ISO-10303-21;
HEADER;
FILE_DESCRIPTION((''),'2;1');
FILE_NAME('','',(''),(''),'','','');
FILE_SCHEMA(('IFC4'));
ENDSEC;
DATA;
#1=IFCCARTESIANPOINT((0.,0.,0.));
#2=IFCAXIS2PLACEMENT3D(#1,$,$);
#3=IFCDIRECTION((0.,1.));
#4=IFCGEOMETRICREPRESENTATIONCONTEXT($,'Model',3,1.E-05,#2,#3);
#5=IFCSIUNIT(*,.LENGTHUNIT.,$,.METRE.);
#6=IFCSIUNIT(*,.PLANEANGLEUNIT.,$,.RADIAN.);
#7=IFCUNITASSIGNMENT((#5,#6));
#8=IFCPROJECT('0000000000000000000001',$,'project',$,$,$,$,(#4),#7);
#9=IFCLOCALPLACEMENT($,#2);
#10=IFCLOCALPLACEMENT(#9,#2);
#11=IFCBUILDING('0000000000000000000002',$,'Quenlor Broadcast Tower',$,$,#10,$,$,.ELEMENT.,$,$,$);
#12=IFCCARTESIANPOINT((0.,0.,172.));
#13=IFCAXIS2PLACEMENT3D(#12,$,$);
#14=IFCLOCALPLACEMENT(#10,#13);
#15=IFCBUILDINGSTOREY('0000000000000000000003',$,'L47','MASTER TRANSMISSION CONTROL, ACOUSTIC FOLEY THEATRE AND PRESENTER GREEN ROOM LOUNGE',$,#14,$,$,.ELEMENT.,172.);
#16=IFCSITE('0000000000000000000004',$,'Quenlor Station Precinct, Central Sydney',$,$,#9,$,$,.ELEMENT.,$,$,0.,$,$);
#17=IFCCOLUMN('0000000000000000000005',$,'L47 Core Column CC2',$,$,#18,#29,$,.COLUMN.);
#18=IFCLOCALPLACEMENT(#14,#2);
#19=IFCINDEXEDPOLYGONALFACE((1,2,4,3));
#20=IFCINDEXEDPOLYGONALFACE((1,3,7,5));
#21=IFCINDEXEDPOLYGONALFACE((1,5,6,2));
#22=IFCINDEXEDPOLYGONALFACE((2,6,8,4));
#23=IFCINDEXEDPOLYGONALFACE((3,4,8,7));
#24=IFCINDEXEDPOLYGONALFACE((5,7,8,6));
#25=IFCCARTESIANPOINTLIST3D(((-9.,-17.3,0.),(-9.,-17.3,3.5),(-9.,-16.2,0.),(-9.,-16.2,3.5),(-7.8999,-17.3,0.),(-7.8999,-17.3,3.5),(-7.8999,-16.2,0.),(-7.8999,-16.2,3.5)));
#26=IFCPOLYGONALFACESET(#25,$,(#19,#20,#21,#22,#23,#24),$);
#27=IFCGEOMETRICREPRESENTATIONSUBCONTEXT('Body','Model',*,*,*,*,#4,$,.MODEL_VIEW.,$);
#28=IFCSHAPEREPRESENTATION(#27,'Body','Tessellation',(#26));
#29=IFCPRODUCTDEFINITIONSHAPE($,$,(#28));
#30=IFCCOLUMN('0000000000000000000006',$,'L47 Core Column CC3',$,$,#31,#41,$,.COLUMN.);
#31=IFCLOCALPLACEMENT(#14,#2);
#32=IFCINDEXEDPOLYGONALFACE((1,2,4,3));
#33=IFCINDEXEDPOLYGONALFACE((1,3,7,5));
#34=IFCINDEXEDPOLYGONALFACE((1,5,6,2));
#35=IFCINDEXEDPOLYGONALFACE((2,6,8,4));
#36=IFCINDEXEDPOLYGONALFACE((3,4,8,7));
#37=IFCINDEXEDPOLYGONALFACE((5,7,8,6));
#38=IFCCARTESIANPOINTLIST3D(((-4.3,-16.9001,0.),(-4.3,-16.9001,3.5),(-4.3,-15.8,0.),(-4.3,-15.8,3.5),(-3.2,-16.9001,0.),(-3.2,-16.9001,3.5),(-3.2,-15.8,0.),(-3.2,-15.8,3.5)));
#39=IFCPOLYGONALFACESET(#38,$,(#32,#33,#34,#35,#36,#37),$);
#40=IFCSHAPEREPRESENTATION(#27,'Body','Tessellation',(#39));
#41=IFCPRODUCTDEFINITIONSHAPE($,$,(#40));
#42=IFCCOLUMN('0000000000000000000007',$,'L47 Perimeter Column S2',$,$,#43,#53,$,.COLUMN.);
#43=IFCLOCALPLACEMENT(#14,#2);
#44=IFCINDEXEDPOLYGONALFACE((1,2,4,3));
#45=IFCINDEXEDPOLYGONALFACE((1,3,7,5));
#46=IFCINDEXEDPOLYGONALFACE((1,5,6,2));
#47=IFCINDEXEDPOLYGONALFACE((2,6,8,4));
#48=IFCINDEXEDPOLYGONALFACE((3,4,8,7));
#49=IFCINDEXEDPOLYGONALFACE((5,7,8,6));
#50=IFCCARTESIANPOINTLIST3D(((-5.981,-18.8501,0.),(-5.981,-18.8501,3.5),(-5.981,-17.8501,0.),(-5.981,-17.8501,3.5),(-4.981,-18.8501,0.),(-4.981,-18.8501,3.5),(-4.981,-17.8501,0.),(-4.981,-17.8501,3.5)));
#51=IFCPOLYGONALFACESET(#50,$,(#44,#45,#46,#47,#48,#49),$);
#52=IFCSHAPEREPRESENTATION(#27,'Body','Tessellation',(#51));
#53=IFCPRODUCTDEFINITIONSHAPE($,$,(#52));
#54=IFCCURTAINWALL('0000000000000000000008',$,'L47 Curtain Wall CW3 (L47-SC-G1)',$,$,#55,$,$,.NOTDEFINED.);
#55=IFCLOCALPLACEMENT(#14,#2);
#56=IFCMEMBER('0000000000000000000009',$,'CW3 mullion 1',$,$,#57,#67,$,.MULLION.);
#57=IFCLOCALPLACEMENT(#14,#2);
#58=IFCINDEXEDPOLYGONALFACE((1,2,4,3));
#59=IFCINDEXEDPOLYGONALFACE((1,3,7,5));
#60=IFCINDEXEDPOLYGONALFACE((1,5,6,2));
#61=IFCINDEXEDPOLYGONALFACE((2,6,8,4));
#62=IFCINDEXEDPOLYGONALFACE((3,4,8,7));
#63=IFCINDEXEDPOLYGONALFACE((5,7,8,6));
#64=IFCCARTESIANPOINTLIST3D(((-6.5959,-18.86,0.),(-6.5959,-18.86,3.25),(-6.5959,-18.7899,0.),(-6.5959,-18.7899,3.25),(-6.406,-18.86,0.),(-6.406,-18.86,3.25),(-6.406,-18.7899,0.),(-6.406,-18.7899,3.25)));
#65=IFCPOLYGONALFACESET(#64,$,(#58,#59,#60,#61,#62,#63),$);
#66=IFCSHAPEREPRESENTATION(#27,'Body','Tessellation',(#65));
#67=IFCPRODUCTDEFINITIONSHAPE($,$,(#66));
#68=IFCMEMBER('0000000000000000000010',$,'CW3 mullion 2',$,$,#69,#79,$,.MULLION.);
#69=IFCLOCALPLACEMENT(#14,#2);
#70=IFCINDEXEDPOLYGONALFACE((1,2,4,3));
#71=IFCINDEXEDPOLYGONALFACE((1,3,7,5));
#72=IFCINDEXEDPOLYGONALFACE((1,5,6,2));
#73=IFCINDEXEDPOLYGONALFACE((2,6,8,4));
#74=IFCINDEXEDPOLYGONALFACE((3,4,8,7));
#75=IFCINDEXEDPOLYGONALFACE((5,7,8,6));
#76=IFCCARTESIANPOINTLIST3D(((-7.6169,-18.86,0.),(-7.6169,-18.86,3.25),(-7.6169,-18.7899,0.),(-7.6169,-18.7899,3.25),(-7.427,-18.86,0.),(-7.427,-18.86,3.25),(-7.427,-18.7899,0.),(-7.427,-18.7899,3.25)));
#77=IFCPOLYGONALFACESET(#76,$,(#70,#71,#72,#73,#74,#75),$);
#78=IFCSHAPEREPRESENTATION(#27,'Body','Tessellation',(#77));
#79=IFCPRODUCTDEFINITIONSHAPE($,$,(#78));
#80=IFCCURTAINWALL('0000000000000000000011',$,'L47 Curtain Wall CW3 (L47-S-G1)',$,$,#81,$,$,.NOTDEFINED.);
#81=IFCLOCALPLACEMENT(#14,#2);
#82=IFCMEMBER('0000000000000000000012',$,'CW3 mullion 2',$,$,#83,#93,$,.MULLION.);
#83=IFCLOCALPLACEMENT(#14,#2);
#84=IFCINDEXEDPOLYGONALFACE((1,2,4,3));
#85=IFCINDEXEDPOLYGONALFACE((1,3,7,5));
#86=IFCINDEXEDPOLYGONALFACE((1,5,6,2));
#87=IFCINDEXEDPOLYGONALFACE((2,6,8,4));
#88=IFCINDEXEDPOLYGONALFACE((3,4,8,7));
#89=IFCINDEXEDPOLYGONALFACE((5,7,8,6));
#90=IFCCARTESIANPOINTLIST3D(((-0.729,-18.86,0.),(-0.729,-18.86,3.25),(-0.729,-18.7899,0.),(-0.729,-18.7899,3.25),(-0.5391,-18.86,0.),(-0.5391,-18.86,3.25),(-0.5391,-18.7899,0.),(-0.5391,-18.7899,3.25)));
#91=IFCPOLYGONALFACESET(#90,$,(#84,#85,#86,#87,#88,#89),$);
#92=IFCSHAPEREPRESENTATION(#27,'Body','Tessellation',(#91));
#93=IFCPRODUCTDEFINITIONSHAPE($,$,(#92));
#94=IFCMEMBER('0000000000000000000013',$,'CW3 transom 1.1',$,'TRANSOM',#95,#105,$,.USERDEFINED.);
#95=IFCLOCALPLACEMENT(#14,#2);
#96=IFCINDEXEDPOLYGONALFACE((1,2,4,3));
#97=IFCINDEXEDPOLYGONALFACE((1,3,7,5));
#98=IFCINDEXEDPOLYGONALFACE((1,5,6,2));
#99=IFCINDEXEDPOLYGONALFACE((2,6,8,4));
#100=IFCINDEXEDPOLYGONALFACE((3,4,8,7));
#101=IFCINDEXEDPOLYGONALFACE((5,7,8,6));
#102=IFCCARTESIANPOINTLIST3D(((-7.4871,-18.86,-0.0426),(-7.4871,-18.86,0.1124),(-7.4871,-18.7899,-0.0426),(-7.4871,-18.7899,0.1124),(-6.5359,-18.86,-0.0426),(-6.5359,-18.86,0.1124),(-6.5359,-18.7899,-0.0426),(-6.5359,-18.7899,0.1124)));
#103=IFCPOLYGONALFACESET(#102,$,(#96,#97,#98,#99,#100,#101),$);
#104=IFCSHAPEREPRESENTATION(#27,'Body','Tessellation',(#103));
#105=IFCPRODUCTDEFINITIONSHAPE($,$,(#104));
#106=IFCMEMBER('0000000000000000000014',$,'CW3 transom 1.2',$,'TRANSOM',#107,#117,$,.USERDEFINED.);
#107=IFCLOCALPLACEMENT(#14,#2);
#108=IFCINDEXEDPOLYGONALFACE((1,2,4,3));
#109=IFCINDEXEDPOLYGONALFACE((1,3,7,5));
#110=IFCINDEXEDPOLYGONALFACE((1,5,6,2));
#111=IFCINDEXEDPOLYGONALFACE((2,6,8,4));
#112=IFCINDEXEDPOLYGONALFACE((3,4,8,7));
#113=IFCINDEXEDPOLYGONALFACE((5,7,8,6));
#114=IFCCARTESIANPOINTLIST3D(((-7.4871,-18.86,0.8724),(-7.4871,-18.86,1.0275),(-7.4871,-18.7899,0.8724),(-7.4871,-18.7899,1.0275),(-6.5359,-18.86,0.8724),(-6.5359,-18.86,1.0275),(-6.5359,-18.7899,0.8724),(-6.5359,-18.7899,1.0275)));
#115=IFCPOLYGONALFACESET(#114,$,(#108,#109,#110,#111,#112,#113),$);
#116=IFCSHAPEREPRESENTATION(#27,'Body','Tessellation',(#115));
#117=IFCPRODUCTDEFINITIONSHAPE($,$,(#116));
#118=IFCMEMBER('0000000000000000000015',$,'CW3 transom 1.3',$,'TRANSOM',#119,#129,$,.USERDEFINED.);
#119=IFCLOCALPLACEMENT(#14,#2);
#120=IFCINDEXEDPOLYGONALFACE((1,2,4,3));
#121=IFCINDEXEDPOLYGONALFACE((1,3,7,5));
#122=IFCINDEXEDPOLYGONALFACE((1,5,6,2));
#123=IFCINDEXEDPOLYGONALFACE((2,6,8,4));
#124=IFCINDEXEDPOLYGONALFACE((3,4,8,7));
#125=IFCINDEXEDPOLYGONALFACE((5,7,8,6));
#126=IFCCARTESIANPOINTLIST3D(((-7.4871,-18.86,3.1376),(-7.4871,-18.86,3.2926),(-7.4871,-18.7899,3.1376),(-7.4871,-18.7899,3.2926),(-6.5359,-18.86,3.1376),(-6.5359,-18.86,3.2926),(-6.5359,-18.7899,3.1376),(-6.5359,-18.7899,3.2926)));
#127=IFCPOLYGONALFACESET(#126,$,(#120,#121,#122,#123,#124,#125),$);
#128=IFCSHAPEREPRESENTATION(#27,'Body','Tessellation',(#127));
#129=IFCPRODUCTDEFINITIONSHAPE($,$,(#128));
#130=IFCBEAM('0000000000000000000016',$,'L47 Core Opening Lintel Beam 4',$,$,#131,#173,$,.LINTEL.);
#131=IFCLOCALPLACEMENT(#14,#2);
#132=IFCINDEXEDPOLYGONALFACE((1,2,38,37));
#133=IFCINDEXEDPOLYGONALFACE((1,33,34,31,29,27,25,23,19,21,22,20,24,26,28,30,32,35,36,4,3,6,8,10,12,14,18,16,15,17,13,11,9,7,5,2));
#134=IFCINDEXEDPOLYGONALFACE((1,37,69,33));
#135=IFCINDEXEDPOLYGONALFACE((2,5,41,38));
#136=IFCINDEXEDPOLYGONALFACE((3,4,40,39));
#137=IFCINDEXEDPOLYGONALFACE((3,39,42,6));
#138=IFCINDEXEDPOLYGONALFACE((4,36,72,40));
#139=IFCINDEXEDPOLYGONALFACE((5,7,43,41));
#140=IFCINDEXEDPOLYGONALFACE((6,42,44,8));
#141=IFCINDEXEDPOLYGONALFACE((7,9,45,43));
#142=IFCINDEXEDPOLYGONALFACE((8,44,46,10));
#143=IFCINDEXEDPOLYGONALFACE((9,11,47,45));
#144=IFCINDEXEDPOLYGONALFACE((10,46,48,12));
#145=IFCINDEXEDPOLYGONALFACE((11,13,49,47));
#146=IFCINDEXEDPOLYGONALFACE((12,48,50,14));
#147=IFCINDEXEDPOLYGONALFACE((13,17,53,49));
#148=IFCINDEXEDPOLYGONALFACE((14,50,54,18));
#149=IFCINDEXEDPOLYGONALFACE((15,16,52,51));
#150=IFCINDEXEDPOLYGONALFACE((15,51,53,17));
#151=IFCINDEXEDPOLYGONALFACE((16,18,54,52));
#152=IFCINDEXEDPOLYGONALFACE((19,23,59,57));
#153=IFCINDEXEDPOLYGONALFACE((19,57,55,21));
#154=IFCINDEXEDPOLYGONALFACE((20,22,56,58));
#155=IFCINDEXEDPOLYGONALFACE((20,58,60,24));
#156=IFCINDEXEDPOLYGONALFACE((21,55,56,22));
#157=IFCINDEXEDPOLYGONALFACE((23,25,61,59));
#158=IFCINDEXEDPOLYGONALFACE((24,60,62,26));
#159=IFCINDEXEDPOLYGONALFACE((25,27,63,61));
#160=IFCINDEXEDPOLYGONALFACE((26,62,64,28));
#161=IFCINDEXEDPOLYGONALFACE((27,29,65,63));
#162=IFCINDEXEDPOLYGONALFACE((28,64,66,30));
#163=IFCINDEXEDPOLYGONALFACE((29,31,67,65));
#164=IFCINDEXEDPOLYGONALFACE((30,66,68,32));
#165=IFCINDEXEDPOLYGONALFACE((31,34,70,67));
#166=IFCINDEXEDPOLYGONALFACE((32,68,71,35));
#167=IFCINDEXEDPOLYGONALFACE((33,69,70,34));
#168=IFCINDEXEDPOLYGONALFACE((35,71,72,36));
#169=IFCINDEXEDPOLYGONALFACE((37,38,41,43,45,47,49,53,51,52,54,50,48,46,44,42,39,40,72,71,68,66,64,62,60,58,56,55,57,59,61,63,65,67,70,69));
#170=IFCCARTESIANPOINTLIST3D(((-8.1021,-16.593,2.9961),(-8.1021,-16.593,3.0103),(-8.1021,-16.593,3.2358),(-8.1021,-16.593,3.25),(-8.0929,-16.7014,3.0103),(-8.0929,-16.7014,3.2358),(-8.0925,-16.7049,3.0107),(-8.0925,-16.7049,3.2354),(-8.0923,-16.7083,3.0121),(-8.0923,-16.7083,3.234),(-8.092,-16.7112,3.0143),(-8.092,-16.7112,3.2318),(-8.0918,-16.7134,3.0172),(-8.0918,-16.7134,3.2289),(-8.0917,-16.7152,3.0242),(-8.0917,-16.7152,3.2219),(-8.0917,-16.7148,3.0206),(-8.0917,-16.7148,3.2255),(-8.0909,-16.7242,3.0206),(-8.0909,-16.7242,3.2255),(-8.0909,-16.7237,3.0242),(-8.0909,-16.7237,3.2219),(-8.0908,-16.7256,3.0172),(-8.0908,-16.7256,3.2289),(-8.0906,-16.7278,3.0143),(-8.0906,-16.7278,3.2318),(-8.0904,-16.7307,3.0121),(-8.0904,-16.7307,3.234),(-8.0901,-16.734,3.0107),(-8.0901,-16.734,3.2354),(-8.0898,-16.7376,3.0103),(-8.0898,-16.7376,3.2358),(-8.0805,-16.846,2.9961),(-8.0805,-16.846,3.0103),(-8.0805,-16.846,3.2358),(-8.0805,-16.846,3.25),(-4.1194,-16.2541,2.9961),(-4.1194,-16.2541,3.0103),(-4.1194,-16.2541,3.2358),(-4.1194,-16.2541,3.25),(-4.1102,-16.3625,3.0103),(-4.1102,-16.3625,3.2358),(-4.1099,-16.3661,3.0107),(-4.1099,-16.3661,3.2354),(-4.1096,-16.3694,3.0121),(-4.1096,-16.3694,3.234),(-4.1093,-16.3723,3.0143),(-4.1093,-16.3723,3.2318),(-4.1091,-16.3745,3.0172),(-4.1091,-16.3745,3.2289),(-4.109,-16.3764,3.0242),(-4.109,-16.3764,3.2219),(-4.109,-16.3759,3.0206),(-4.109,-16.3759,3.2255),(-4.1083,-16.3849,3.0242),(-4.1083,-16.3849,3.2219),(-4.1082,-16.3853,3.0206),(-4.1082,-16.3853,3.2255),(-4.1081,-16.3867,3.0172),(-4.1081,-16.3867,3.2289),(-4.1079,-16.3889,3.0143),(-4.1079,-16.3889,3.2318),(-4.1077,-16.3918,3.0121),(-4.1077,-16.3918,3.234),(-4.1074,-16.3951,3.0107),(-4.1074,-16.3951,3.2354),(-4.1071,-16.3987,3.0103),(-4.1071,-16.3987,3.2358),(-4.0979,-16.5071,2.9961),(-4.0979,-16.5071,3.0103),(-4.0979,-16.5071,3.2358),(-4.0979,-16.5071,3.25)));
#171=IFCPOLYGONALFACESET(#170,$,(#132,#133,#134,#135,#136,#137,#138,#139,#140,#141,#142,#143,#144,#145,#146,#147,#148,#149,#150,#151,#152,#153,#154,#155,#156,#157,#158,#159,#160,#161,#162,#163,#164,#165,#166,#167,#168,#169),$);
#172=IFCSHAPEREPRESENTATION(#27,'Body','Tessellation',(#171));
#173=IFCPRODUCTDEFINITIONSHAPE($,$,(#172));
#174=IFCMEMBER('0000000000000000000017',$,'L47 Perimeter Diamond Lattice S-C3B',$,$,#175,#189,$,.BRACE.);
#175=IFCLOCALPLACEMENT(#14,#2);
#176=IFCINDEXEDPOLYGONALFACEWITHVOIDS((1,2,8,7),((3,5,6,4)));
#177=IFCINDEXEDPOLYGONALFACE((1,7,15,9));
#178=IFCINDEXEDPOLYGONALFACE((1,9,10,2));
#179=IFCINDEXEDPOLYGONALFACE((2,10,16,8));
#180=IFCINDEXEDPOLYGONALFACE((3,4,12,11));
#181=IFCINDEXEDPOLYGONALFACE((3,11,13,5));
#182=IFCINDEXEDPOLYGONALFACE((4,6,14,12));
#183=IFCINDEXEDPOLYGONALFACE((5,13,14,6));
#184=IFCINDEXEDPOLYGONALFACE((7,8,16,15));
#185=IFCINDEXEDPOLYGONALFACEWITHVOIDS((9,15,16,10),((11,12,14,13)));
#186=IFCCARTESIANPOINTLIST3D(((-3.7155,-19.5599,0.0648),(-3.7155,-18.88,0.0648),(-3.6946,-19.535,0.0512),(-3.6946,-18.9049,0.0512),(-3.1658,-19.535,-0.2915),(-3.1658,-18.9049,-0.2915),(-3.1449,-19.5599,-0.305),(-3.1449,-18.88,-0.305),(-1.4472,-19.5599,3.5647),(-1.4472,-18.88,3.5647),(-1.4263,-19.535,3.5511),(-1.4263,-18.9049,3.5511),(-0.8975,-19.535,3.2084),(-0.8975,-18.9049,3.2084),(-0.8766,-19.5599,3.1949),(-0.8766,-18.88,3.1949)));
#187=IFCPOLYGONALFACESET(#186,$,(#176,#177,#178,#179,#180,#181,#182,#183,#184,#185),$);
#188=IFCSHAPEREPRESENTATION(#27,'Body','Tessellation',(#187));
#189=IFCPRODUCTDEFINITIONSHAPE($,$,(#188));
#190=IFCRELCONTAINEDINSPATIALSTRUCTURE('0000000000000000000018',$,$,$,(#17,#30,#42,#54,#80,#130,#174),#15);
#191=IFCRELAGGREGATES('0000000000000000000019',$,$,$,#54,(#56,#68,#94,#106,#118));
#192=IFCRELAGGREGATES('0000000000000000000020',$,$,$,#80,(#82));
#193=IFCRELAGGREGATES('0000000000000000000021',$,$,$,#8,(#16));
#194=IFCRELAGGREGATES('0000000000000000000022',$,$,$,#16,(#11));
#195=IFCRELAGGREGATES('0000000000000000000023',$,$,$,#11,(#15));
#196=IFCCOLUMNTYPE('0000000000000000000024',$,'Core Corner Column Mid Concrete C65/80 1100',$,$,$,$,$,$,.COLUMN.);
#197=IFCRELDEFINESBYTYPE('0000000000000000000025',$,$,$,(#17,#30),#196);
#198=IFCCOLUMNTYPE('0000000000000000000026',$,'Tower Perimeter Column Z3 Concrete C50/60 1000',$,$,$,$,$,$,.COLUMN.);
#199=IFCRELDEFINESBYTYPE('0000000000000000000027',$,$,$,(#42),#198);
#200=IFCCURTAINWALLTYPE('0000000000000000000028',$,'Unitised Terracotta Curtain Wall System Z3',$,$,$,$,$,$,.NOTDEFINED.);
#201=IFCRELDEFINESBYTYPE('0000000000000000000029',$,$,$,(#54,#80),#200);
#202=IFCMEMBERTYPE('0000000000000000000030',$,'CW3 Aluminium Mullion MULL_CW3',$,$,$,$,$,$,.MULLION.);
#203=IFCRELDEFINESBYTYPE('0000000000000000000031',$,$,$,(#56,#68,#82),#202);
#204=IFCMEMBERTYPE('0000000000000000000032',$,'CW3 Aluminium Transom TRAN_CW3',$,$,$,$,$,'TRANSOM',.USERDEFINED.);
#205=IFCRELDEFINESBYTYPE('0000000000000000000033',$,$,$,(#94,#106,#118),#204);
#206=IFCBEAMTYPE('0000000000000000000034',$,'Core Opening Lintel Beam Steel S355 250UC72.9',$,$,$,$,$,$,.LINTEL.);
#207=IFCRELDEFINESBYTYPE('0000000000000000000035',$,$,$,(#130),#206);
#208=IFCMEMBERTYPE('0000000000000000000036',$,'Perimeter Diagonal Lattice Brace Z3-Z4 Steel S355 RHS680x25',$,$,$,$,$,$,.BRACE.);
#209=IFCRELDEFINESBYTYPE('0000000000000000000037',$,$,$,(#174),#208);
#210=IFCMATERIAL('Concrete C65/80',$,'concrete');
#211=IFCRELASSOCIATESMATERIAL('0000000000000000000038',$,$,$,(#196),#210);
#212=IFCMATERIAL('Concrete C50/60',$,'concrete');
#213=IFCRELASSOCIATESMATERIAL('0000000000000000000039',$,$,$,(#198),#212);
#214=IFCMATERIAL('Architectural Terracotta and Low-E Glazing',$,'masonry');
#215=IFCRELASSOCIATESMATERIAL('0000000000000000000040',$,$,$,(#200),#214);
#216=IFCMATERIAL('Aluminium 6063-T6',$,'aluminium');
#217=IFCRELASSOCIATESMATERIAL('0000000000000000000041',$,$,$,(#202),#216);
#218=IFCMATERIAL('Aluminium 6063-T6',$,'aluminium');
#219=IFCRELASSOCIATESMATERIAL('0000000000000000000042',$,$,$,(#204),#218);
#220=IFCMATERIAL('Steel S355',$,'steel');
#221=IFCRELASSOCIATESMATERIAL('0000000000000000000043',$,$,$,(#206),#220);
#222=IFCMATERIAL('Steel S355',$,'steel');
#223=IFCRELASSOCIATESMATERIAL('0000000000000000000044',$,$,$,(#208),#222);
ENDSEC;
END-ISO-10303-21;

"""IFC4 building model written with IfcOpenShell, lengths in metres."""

from ifc_helpers import new_model, si_unit, direction, frame, origin, origin_2d, place, context, subcontext, project, spatial, rectangle, hollow_rectangle, i_section, extrude, material, material_profile, profile_set, type_object, element, aggregate, save


model = new_model("IFC4")

# Units and contexts
model_context = context("Model", 3, precision=1e-05, world=origin(), true_north=direction((0.0, 1.0)))
body_context = subcontext(model_context, "Body", "Model", "MODEL_VIEW")
ifc_project = project(units=[si_unit("LENGTHUNIT", "METRE"), si_unit("PLANEANGLEUNIT", "RADIAN")], contexts=[model_context])

# Site, building, storey
site_placement = place(None, origin())
site = spatial("IfcSite", under=ifc_project, at=site_placement, Name="Quenlor Station Precinct, Central Sydney", CompositionType="ELEMENT", RefElevation=0.0)
building_placement = place(site_placement, origin())
building = spatial("IfcBuilding", under=site, at=building_placement, Name="Quenlor Broadcast Tower", CompositionType="ELEMENT")
storey_placement = place(building_placement, frame((0.0, 0.0, 172.0)))
storey = spatial("IfcBuildingStorey", under=building, at=storey_placement, Name="L47", Description="MASTER TRANSMISSION CONTROL, ACOUSTIC FOLEY THEATRE AND PRESENTER GREEN ROOM LOUNGE", CompositionType="ELEMENT", Elevation=172.0)

# Columns
ifc_material_1 = material(Name="Concrete C65/80", Category="concrete")
ifc_material_profile_1 = material_profile(ifc_material_1, rectangle(XDim=1.1001, YDim=1.1001, at=origin_2d()))
ifc_profile_set_1 = profile_set([ifc_material_profile_1], Name="Concrete C65/80 RC1100x1100")
column_type_1 = type_object("IfcColumnType", Name="Core Corner Column Mid Concrete C65/80 1100", PredefinedType="COLUMN", material=ifc_profile_set_1)
for number, where, z_axis, x_axis, name in (
    (1, (-8.45, -16.75, 0.0), (0.0, 0.0, 1.0), (1.0, 0.0, 0.0), "L47 Core Column CC2"),
    (2, (-3.75, -16.3501, 0.0), (0.0, 0.0, 1.0), (1.0, 0.0, 0.0), "L47 Core Column CC3"),
):
    element("IfcColumn", number, at=place(storey_placement, frame(where, z_axis=z_axis, x_axis=x_axis)), inside=storey, type_object=column_type_1, Name=name, PredefinedType="COLUMN", context=body_context, shape_type="SweptSolid", body=[
        extrude(rectangle(XDim=1.1001, YDim=1.1001, at=origin_2d()), origin(), (0.0, 0.0, 1.0), 3.5),
    ])
ifc_material_2 = material(Name="Concrete C50/60", Category="concrete")
ifc_material_profile_2 = material_profile(ifc_material_2, rectangle(XDim=1.0, YDim=1.0, at=origin_2d()))
ifc_profile_set_2 = profile_set([ifc_material_profile_2], Name="Concrete C50/60 RC1000x1000")
column_type_2 = type_object("IfcColumnType", Name="Tower Perimeter Column Z3 Concrete C50/60 1000", PredefinedType="COLUMN", material=ifc_profile_set_2)
column_placement = place(storey_placement, frame((-5.481, -18.3501, 0.0), z_axis=(0.0, 0.0, 1.0), x_axis=(0.0, 1.0, 0.0)))
element("IfcColumn", 3, at=column_placement, inside=storey, type_object=column_type_2, Name="L47 Perimeter Column S2", PredefinedType="COLUMN", context=body_context, shape_type="SweptSolid", body=[
    extrude(rectangle(XDim=1.0, YDim=1.0, at=origin_2d()), origin(), (0.0, 0.0, 1.0), 3.5),
])

# Curtain wall, members
ifc_material_3 = material(Name="Architectural Terracotta and Low-E Glazing", Category="masonry")
curtain_wall_type = type_object("IfcCurtainWallType", Name="Unitised Terracotta Curtain Wall System Z3", PredefinedType="NOTDEFINED", material=ifc_material_3)
curtain_wall_1_placement = place(storey_placement, origin())
curtain_wall_1 = element("IfcCurtainWall", 4, at=curtain_wall_1_placement, inside=storey, type_object=curtain_wall_type, Name="L47 Curtain Wall CW3 (L47-SC-G1)", PredefinedType="NOTDEFINED")
ifc_material_4 = material(Name="Aluminium 6063-T6", Category="aluminium")
ifc_material_profile_3 = material_profile(ifc_material_4, rectangle(XDim=0.0701, YDim=0.1899, at=origin_2d()))
ifc_profile_set_3 = profile_set([ifc_material_profile_3], Name="Aluminium 6063-T6 MULL70x190")
member_type_1 = type_object("IfcMemberType", Name="CW3 Aluminium Mullion MULL_CW3", PredefinedType="MULLION", material=ifc_profile_set_3)
member_1_placement = place(storey_placement, frame((-6.501, -18.825, 0.0), z_axis=(0.0, 0.0, 1.0), x_axis=(0.0, -1.0, 0.0)))
member_1 = element("IfcMember", 5, at=member_1_placement, type_object=member_type_1, Name="CW3 mullion 1", PredefinedType="MULLION", context=body_context, shape_type="SweptSolid", body=[
    extrude(rectangle(XDim=0.0701, YDim=0.1899, at=origin_2d()), origin(), (0.0, 0.0, 1.0), 3.25),
])
member_2_placement = place(storey_placement, frame((-7.522, -18.825, 0.0), z_axis=(0.0, 0.0, 1.0), x_axis=(0.0, -1.0, 0.0)))
member_2 = element("IfcMember", 6, at=member_2_placement, type_object=member_type_1, Name="CW3 mullion 2", PredefinedType="MULLION", context=body_context, shape_type="SweptSolid", body=[
    extrude(rectangle(XDim=0.0701, YDim=0.1899, at=origin_2d()), origin(), (0.0, 0.0, 1.0), 3.25),
])

# Curtain wall, member
curtain_wall_2_placement = place(storey_placement, origin())
curtain_wall_2 = element("IfcCurtainWall", 7, at=curtain_wall_2_placement, inside=storey, type_object=curtain_wall_type, Name="L47 Curtain Wall CW3 (L47-S-G1)", PredefinedType="NOTDEFINED")
member_3_placement = place(storey_placement, frame((-0.634, -18.825, 0.0), z_axis=(0.0, 0.0, 1.0), x_axis=(0.0, -1.0, 0.0)))
member_3 = element("IfcMember", 8, at=member_3_placement, type_object=member_type_1, Name="CW3 mullion 2", PredefinedType="MULLION", context=body_context, shape_type="SweptSolid", body=[
    extrude(rectangle(XDim=0.0701, YDim=0.1899, at=origin_2d()), origin(), (0.0, 0.0, 1.0), 3.25),
])

# Members
ifc_material_5 = material(Name="Aluminium 6063-T6", Category="aluminium")
ifc_material_profile_4 = material_profile(ifc_material_5, rectangle(XDim=0.0701, YDim=0.155, at=origin_2d()))
ifc_profile_set_4 = profile_set([ifc_material_profile_4], Name="Aluminium 6063-T6 TRAN70x155")
member_type_2 = type_object("IfcMemberType", Name="CW3 Aluminium Transom TRAN_CW3", ElementType="TRANSOM", PredefinedType="USERDEFINED", material=ifc_profile_set_4)
member_4_placement = place(storey_placement, frame((-6.5359, -18.825, 0.0349), z_axis=(-1.0, 0.0, 0.0), x_axis=(0.0, -1.0, 0.0)))
member_4 = element("IfcMember", 9, at=member_4_placement, type_object=member_type_2, Name="CW3 transom 1.1", ObjectType="TRANSOM", PredefinedType="USERDEFINED", context=body_context, shape_type="SweptSolid", body=[
    extrude(rectangle(XDim=0.0701, YDim=0.155, at=origin_2d()), origin(), (0.0, 0.0, 1.0), 0.9512),
])
member_5_placement = place(storey_placement, frame((-6.5359, -18.825, 0.95), z_axis=(-1.0, 0.0, 0.0), x_axis=(0.0, -1.0, 0.0)))
member_5 = element("IfcMember", 10, at=member_5_placement, type_object=member_type_2, Name="CW3 transom 1.2", ObjectType="TRANSOM", PredefinedType="USERDEFINED", context=body_context, shape_type="SweptSolid", body=[
    extrude(rectangle(XDim=0.0701, YDim=0.155, at=origin_2d()), origin(), (0.0, 0.0, 1.0), 0.9512),
])
member_6_placement = place(storey_placement, frame((-6.5359, -18.825, 3.2151), z_axis=(-1.0, 0.0, 0.0), x_axis=(0.0, -1.0, 0.0)))
member_6 = element("IfcMember", 11, at=member_6_placement, type_object=member_type_2, Name="CW3 transom 1.3", ObjectType="TRANSOM", PredefinedType="USERDEFINED", context=body_context, shape_type="SweptSolid", body=[
    extrude(rectangle(XDim=0.0701, YDim=0.155, at=origin_2d()), origin(), (0.0, 0.0, 1.0), 0.9512),
])

# Beam
ifc_material_6 = material(Name="Steel S355", Category="steel")
ifc_material_profile_5 = material_profile(ifc_material_6, i_section(OverallWidth=0.2539, OverallDepth=0.2539, WebThickness=0.0085, FlangeThickness=0.0142, FilletRadius=0.0139, at=origin_2d()))
ifc_profile_set_5 = profile_set([ifc_material_profile_5], Name="Steel S355 250UC72.9")
beam_type_1 = type_object("IfcBeamType", Name="Core Opening Lintel Beam Steel S355 250UC72.9", PredefinedType="LINTEL", material=ifc_profile_set_5)
beam_1_placement = place(storey_placement, frame((-8.0913, -16.7195, 3.123), z_axis=(0.9964, 0.084779, 0.0), x_axis=(-0.084779, 0.9964, 0.0)))
element("IfcBeam", 12, at=beam_1_placement, inside=storey, type_object=beam_type_1, Name="L47 Core Opening Lintel Beam 4", PredefinedType="LINTEL", context=body_context, shape_type="SweptSolid", body=[
    extrude(i_section(OverallWidth=0.2539, OverallDepth=0.2539, WebThickness=0.0085, FlangeThickness=0.0142, FilletRadius=0.0139, at=origin_2d()), origin(), (0.0, 0.0, 1.0), 3.9971),
])

# Member
ifc_material_7 = material(Name="Steel S355", Category="steel")
ifc_material_profile_6 = material_profile(ifc_material_7, hollow_rectangle(XDim=0.6799, YDim=0.6799, WallThickness=0.0249, at=origin_2d()))
ifc_profile_set_6 = profile_set([ifc_material_profile_6], Name="Steel S355 RHS680x680x25")
member_type_3 = type_object("IfcMemberType", Name="Perimeter Diagonal Lattice Brace Z3-Z4 Steel S355 RHS680x25", PredefinedType="BRACE", material=ifc_profile_set_6)
member_7_placement = place(storey_placement, frame((-3.4302, -19.22, -0.1201), z_axis=(0.54386, 0.0, 0.839176), x_axis=(0.0, 1.0, 0.0)))
element("IfcMember", 13, at=member_7_placement, inside=storey, type_object=member_type_3, Name="L47 Perimeter Diamond Lattice S-C3B", PredefinedType="BRACE", context=body_context, shape_type="SweptSolid", body=[
    extrude(hollow_rectangle(XDim=0.6799, YDim=0.6799, WallThickness=0.0249, at=origin_2d()), origin(), (0.0, 0.0, 1.0), 4.1707),
])

aggregate(curtain_wall_1, [member_1, member_2, member_4, member_5, member_6])
aggregate(curtain_wall_2, [member_3])

save(model, "model.ifc")
